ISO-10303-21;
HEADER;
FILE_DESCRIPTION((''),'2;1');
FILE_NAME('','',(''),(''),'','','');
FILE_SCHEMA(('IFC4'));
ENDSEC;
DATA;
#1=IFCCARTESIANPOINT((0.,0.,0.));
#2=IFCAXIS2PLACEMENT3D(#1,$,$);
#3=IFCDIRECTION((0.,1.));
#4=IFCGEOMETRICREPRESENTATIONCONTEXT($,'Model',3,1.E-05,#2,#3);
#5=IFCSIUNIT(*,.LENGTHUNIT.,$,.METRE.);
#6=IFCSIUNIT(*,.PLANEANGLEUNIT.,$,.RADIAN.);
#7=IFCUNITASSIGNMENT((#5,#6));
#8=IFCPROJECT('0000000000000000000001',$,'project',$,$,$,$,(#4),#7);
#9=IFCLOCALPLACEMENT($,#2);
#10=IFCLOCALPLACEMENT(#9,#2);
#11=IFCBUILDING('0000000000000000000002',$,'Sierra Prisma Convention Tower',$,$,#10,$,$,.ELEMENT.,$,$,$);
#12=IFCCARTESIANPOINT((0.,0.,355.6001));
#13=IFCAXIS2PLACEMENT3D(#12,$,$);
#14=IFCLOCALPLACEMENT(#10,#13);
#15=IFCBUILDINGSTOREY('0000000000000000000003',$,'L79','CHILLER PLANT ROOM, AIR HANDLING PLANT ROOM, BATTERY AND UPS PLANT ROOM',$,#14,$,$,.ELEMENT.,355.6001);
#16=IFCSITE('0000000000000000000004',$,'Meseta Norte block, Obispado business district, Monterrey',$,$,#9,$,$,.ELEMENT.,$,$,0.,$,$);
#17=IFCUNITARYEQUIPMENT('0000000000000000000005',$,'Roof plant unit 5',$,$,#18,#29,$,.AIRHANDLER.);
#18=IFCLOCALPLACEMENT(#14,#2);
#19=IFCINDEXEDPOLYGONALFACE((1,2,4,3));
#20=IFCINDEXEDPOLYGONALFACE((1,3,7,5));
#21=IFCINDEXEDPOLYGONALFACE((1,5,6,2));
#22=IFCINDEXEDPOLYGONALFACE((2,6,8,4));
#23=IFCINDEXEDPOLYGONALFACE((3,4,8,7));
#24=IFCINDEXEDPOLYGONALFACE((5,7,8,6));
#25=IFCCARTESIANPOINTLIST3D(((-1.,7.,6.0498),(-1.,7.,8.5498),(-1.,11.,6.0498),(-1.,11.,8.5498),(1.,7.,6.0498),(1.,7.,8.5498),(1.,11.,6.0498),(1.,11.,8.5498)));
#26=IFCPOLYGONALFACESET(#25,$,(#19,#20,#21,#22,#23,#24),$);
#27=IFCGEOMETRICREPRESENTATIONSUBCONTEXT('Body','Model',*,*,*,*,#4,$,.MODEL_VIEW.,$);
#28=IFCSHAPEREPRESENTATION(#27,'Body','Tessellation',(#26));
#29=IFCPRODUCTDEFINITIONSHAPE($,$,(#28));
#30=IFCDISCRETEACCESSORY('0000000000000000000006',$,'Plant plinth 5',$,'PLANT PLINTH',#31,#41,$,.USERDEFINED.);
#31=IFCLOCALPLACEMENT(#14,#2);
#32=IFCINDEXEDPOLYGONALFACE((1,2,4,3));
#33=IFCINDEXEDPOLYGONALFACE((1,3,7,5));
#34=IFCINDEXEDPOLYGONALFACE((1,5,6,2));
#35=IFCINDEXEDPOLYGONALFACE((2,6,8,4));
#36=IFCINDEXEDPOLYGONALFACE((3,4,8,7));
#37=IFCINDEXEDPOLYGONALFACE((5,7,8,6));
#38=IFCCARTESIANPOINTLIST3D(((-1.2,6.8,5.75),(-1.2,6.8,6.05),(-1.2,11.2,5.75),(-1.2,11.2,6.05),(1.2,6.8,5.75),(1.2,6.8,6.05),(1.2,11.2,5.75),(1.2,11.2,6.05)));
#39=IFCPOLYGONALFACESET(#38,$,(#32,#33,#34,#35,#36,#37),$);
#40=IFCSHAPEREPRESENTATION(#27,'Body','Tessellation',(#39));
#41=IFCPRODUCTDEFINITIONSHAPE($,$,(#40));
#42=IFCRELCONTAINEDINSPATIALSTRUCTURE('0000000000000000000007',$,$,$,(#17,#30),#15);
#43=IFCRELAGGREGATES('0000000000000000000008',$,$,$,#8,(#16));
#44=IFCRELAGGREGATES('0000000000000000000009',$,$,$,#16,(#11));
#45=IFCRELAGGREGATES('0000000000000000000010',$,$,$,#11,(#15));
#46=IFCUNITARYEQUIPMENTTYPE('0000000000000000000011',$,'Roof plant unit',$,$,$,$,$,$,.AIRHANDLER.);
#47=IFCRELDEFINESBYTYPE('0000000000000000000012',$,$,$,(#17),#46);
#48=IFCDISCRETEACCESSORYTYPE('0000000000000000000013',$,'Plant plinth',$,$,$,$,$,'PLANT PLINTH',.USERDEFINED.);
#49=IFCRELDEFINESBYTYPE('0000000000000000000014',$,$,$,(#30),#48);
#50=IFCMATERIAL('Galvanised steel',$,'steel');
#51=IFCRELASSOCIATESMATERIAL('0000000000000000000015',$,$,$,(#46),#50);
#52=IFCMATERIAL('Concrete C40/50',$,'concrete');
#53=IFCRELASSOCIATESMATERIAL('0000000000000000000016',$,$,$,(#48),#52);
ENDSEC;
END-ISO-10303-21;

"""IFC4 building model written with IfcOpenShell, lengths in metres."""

from ifc_helpers import new_model, si_unit, direction, frame, origin, origin_2d, place, context, subcontext, project, spatial, rectangle, extrude, material, type_object, element, save


model = new_model("IFC4")

# Units and contexts
model_context = context("Model", 3, precision=1e-05, world=origin(), true_north=direction((0.0, 1.0)))
body_context = subcontext(model_context, "Body", "Model", "MODEL_VIEW")
ifc_project = project(units=[si_unit("LENGTHUNIT", "METRE"), si_unit("PLANEANGLEUNIT", "RADIAN")], contexts=[model_context])

# Site, building, storey
site_placement = place(None, origin())
site = spatial("IfcSite", under=ifc_project, at=site_placement, Name="Meseta Norte block, Obispado business district, Monterrey", CompositionType="ELEMENT", RefElevation=0.0)
building_placement = place(site_placement, origin())
building = spatial("IfcBuilding", under=site, at=building_placement, Name="Sierra Prisma Convention Tower", CompositionType="ELEMENT")
storey_placement = place(building_placement, frame((0.0, 0.0, 355.6001)))
storey = spatial("IfcBuildingStorey", under=building, at=storey_placement, Name="L79", Description="CHILLER PLANT ROOM, AIR HANDLING PLANT ROOM, BATTERY AND UPS PLANT ROOM", CompositionType="ELEMENT", Elevation=355.6001)

# Unitary equipment
ifc_material_1 = material(Name="Galvanised steel", Category="steel")
unitary_equipment_type = type_object("IfcUnitaryEquipmentType", Name="Roof plant unit", PredefinedType="AIRHANDLER", material=ifc_material_1)
unitary_equipment_placement = place(storey_placement, frame((0.0, 9.0, 6.0498), z_axis=(0.0, 0.0, 1.0), x_axis=(0.0, 1.0, 0.0)))
element("IfcUnitaryEquipment", 1, at=unitary_equipment_placement, inside=storey, type_object=unitary_equipment_type, Name="Roof plant unit 5", PredefinedType="AIRHANDLER", context=body_context, shape_type="SweptSolid", body=[
    extrude(rectangle(XDim=4.0, YDim=2.0, at=origin_2d()), origin(), (0.0, 0.0, 1.0), 2.5),
])

# Discrete accessory
ifc_material_2 = material(Name="Concrete C40/50", Category="concrete")
discrete_accessory_type = type_object("IfcDiscreteAccessoryType", Name="Plant plinth", ElementType="PLANT PLINTH", PredefinedType="USERDEFINED", material=ifc_material_2)
discrete_accessory_placement = place(storey_placement, frame((0.0, 9.0, 5.75), z_axis=(0.0, 0.0, 1.0), x_axis=(0.0, 1.0, 0.0)))
element("IfcDiscreteAccessory", 2, at=discrete_accessory_placement, inside=storey, type_object=discrete_accessory_type, Name="Plant plinth 5", ObjectType="PLANT PLINTH", PredefinedType="USERDEFINED", context=body_context, shape_type="SweptSolid", body=[
    extrude(rectangle(XDim=4.3999, YDim=2.3999, at=origin_2d()), origin(), (0.0, 0.0, 1.0), 0.3),
])

save(model, "model.ifc")
